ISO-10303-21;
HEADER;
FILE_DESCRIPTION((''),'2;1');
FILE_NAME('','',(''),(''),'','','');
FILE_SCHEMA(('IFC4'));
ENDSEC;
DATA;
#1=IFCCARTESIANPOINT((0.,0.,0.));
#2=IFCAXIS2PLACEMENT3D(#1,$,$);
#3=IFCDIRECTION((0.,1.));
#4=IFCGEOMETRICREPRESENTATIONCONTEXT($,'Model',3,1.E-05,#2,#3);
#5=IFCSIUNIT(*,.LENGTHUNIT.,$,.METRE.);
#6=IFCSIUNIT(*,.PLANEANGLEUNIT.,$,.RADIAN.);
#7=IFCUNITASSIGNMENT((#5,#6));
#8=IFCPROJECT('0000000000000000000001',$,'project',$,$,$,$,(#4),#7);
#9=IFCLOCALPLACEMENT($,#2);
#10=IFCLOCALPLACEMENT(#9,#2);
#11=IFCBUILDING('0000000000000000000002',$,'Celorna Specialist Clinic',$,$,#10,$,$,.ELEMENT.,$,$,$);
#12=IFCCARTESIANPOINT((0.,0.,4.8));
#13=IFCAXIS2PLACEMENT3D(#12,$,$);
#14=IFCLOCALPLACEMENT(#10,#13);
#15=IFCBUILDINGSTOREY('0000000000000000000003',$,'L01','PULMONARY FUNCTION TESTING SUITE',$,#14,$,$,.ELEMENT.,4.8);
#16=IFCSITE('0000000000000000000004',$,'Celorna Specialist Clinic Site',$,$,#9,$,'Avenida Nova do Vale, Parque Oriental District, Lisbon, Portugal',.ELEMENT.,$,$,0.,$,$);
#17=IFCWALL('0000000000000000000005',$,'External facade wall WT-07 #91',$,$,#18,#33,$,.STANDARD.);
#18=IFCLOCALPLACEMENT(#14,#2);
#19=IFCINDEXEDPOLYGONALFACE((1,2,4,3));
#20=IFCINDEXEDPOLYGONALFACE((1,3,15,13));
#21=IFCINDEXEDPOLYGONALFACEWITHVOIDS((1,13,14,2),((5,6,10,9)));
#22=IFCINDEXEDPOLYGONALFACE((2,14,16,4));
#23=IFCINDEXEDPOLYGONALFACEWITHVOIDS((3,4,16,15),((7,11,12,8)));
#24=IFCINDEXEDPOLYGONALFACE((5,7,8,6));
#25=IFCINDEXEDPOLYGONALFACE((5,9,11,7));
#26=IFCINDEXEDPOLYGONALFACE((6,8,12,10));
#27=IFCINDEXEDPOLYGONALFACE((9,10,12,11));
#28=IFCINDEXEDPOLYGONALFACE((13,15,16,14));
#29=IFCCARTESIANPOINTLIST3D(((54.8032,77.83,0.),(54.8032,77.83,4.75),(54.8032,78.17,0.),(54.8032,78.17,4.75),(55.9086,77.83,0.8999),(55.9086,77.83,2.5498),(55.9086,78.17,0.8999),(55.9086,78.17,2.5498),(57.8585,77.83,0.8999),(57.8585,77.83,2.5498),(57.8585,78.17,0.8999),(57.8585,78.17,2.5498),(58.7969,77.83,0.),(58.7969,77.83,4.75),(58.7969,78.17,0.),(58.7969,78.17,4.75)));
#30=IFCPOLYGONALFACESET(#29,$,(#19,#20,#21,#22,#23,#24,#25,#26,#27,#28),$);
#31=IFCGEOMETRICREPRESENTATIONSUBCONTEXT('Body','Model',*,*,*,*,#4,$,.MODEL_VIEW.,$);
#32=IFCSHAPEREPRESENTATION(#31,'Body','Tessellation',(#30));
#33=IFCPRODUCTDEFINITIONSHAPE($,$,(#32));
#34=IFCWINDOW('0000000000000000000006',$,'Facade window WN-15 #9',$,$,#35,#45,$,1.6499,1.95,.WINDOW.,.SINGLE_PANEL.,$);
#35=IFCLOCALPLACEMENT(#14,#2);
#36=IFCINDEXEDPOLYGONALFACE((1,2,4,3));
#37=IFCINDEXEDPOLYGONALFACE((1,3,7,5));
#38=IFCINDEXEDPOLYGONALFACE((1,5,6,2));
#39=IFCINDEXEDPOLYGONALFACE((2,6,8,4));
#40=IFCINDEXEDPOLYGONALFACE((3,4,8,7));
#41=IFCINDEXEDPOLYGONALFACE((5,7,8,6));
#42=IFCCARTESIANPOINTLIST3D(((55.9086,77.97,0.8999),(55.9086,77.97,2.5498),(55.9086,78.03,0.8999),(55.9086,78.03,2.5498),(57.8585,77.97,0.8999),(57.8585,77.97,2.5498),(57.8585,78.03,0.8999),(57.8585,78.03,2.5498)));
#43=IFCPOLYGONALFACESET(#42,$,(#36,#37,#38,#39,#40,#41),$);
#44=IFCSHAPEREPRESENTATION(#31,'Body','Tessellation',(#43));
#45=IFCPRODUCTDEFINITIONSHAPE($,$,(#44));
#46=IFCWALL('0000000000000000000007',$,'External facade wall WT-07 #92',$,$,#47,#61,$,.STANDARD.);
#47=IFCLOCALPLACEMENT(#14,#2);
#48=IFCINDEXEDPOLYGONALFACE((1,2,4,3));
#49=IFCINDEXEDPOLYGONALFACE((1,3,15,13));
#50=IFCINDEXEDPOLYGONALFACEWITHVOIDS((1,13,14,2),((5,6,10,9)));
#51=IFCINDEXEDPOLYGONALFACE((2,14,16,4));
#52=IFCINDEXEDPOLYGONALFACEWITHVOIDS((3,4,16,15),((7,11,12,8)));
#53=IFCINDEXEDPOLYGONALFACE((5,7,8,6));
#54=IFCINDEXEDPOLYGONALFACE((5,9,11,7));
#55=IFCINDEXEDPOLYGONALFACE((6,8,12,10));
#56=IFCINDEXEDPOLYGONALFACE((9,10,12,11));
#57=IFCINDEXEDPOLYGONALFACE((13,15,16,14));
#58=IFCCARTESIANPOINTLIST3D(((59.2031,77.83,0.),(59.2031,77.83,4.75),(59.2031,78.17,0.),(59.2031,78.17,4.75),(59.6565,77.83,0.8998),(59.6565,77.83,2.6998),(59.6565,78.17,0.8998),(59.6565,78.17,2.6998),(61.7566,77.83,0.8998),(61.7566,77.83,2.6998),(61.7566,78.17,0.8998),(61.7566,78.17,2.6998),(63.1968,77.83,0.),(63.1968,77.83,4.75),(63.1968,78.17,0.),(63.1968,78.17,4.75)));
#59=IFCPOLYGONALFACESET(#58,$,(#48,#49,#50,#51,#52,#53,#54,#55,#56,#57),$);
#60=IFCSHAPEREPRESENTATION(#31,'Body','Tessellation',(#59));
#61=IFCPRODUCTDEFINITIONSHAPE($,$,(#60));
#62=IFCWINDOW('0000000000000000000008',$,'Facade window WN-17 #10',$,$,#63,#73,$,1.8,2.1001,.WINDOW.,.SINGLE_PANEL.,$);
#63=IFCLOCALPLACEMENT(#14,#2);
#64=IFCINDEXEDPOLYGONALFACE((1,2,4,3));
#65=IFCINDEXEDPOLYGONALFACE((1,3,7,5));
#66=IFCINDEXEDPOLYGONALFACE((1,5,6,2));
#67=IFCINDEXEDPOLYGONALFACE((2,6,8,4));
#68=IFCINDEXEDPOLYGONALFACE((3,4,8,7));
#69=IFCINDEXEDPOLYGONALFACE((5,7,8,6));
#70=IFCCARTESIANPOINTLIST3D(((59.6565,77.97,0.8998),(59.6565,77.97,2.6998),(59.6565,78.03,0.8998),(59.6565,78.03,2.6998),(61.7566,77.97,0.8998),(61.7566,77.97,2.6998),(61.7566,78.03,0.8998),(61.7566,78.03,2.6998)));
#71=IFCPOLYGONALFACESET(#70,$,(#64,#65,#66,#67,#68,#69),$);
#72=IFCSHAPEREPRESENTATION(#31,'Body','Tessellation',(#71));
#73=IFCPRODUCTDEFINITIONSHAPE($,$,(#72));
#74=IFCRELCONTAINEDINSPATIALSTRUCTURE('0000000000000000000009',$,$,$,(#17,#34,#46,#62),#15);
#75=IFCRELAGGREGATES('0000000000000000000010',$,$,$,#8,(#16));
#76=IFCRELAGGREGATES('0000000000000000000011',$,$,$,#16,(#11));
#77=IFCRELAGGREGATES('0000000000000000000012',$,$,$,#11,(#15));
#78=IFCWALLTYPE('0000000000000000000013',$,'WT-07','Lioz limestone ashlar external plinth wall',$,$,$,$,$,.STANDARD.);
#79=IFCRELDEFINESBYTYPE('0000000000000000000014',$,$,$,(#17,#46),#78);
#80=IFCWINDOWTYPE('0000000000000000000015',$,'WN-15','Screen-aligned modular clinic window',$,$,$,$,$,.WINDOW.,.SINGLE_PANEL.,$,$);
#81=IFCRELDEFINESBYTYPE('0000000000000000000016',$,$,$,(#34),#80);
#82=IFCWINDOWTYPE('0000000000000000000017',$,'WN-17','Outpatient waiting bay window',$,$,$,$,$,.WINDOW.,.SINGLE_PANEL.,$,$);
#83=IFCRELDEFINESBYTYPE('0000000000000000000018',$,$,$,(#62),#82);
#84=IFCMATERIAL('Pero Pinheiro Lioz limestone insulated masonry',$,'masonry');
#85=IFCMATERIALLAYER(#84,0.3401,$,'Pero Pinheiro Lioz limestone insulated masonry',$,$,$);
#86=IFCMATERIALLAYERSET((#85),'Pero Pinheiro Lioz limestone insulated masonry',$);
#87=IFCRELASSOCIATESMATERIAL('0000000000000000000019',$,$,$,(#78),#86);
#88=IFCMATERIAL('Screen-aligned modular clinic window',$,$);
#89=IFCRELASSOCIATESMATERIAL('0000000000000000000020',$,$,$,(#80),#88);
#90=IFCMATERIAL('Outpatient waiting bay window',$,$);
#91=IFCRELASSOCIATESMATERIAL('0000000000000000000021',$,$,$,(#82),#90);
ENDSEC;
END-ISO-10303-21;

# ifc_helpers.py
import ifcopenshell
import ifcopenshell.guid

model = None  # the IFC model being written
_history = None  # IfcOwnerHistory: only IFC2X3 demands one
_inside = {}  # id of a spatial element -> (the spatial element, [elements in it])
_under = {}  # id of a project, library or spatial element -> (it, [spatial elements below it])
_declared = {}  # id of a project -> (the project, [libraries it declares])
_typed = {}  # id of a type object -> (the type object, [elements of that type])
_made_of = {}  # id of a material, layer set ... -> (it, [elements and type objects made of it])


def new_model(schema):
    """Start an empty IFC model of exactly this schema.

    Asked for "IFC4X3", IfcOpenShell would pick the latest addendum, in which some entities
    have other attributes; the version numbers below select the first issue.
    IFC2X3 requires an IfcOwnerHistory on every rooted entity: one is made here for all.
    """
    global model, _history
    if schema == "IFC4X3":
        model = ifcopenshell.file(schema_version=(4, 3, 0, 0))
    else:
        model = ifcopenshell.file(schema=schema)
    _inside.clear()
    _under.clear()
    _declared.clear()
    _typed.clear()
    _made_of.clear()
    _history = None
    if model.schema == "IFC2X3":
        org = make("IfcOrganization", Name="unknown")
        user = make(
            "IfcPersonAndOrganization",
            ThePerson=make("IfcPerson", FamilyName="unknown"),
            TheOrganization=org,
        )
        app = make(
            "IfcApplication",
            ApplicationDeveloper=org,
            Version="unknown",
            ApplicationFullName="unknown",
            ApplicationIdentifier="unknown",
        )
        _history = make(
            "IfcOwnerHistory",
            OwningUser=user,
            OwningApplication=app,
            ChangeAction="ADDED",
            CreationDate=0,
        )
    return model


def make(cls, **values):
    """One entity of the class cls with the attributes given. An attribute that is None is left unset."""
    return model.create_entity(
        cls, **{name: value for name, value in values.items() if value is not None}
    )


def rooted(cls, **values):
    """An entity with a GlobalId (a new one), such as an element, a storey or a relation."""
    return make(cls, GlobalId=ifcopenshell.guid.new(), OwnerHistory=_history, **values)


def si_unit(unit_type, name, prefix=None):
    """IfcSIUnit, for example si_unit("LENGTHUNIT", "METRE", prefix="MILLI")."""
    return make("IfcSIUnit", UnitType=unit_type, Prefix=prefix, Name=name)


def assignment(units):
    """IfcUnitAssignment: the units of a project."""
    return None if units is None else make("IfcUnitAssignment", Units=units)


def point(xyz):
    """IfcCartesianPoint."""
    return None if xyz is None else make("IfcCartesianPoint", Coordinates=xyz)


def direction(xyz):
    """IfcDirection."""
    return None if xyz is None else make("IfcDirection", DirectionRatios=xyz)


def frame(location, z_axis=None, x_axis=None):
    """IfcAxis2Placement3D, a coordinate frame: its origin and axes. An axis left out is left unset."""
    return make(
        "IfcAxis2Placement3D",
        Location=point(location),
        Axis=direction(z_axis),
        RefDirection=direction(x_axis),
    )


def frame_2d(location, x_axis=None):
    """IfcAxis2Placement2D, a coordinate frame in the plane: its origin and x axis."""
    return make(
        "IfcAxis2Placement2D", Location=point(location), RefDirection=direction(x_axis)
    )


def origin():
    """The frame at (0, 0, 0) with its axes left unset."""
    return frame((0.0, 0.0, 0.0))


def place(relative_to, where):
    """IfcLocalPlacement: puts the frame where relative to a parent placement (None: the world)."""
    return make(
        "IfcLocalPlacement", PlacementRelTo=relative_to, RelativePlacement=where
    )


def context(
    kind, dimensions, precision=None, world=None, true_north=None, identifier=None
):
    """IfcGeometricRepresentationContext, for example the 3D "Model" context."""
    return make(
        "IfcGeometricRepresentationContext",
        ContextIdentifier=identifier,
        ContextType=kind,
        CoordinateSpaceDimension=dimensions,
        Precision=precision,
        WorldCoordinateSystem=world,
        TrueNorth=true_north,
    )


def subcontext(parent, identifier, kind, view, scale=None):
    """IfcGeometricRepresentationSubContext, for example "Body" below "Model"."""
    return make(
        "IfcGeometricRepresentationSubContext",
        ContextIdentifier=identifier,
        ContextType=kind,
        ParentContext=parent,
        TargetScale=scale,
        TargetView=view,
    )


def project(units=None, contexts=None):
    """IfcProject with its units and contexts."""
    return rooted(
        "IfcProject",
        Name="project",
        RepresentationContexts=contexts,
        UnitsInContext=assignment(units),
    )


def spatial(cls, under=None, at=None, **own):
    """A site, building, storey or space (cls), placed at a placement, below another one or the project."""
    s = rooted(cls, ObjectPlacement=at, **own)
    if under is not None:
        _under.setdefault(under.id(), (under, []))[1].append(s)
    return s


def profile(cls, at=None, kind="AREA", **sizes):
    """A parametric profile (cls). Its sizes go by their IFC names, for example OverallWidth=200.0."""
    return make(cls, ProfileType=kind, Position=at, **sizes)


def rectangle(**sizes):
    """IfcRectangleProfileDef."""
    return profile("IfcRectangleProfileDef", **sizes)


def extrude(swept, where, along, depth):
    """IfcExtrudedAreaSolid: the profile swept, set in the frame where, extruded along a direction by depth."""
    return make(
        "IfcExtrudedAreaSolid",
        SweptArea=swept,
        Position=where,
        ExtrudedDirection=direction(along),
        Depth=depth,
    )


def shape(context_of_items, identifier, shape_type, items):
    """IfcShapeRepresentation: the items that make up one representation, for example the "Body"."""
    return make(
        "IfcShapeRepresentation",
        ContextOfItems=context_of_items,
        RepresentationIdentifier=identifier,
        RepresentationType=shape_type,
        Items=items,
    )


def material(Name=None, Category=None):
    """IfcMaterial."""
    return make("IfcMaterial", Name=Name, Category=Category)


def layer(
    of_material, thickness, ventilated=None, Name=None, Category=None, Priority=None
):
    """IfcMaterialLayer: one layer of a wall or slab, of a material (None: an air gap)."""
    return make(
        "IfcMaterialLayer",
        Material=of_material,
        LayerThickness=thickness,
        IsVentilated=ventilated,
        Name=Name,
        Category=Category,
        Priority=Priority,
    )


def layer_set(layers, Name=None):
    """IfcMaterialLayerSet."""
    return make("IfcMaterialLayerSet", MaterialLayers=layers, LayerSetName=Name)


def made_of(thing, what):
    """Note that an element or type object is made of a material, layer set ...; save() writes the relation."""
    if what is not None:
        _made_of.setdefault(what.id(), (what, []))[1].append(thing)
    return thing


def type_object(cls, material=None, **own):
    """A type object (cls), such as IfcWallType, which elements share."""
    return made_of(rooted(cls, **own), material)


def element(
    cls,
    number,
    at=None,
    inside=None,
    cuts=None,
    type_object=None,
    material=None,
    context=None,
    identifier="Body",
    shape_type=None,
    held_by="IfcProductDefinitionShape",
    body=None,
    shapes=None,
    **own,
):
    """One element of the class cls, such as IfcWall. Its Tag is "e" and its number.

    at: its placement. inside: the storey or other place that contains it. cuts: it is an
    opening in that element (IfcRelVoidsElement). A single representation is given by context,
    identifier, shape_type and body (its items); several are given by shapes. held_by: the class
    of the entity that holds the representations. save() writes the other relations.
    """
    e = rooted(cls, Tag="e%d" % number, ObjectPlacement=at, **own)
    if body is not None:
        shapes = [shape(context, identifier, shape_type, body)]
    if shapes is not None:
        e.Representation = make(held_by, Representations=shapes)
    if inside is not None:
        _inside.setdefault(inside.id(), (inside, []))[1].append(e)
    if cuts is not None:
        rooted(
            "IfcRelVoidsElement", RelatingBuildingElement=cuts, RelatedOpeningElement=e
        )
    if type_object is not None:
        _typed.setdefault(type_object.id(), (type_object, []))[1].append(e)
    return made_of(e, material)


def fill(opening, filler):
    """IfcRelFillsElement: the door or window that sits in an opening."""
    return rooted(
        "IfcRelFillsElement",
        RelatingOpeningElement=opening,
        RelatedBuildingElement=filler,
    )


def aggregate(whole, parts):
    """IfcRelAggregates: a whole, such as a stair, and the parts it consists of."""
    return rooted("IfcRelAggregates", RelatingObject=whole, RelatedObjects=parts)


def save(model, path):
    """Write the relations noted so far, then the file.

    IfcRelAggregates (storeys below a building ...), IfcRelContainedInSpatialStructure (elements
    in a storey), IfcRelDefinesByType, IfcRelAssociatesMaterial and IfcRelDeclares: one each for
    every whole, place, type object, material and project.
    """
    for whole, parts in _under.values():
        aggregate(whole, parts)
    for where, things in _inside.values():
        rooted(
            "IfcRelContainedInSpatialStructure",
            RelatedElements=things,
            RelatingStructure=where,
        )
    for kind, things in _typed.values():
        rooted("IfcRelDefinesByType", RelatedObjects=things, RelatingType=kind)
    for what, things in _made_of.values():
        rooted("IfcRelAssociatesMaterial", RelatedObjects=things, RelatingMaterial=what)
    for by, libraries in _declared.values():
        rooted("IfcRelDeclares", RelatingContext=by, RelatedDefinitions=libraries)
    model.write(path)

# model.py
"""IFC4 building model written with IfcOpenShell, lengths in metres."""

from ifc_helpers import new_model, si_unit, direction, frame, frame_2d, origin, place, context, subcontext, project, spatial, rectangle, extrude, material, layer, layer_set, type_object, element, fill, save


model = new_model("IFC4")

# Units and contexts
model_context = context("Model", 3, precision=1e-05, world=origin(), true_north=direction((0.0, 1.0)))
body_context = subcontext(model_context, "Body", "Model", "MODEL_VIEW")
ifc_project = project(units=[si_unit("LENGTHUNIT", "METRE"), si_unit("PLANEANGLEUNIT", "RADIAN")], contexts=[model_context])

# Site, building, storey
site_placement = place(None, origin())
site = spatial("IfcSite", under=ifc_project, at=site_placement, Name="Celorna Specialist Clinic Site", LongName="Avenida Nova do Vale, Parque Oriental District, Lisbon, Portugal", CompositionType="ELEMENT", RefElevation=0.0)
building_placement = place(site_placement, origin())
building = spatial("IfcBuilding", under=site, at=building_placement, Name="Celorna Specialist Clinic", CompositionType="ELEMENT")
storey_placement = place(building_placement, frame((0.0, 0.0, 4.8)))
storey = spatial("IfcBuildingStorey", under=building, at=storey_placement, Name="L01", Description="PULMONARY FUNCTION TESTING SUITE", CompositionType="ELEMENT", Elevation=4.8)

# Walls, openings, windows
ifc_material_1 = material(Name="Pero Pinheiro Lioz limestone insulated masonry", Category="masonry")
ifc_layer_1 = layer(ifc_material_1, 0.3401, Name="Pero Pinheiro Lioz limestone insulated masonry")
ifc_layer_set_1 = layer_set([ifc_layer_1], Name="Pero Pinheiro Lioz limestone insulated masonry")
wall_type = type_object("IfcWallType", Name="WT-07", Description="Lioz limestone ashlar external plinth wall", PredefinedType="STANDARD", material=ifc_layer_set_1)
wall_1_placement = place(storey_placement, frame((54.8032, 78.0, 0.0), z_axis=(0.0, 0.0, 1.0), x_axis=(1.0, 0.0, 0.0)))
wall_1 = element("IfcWall", 1, at=wall_1_placement, inside=storey, type_object=wall_type, Name="External facade wall WT-07 #91", PredefinedType="STANDARD", context=body_context, shape_type="SweptSolid", body=[
    extrude(rectangle(XDim=3.9937, YDim=0.3401, at=frame_2d((1.9968, 0.0))), origin(), (0.0, 0.0, 1.0), 4.75),
])
opening_1_placement = place(wall_1_placement, frame((1.1052, 0.0, 0.8999)))
opening_1 = element("IfcOpeningElement", 2, at=opening_1_placement, cuts=wall_1, PredefinedType="OPENING", context=body_context, shape_type="SweptSolid", body=[
    extrude(rectangle(XDim=1.95, YDim=1.6499, at=frame_2d((0.9751, 0.825))), frame((0.0, 0.1799, 0.0), z_axis=(0.0, -1.0, 0.0), x_axis=(1.0, 0.0, 0.0)), (0.0, 0.0, 1.0), 0.3601),
])
ifc_material_2 = material(Name="Screen-aligned modular clinic window")
window_type_1 = type_object("IfcWindowType", Name="WN-15", Description="Screen-aligned modular clinic window", PartitioningType="SINGLE_PANEL", PredefinedType="WINDOW", material=ifc_material_2)
window_1_placement = place(opening_1_placement, origin())
window_1 = element("IfcWindow", 3, at=window_1_placement, inside=storey, type_object=window_type_1, Name="Facade window WN-15 #9", OverallHeight=1.6499, OverallWidth=1.95, PartitioningType="SINGLE_PANEL", PredefinedType="WINDOW", context=body_context, shape_type="SweptSolid", body=[
    extrude(rectangle(XDim=1.95, YDim=1.6499, at=frame_2d((0.9751, 0.825))), frame((0.0, 0.03, 0.0), z_axis=(0.0, -1.0, 0.0), x_axis=(1.0, 0.0, 0.0)), (0.0, 0.0, 1.0), 0.0601),
])
fill(opening_1, window_1)
wall_2_placement = place(storey_placement, frame((59.2031, 78.0, 0.0), z_axis=(0.0, 0.0, 1.0), x_axis=(1.0, 0.0, 0.0)))
wall_2 = element("IfcWall", 4, at=wall_2_placement, inside=storey, type_object=wall_type, Name="External facade wall WT-07 #92", PredefinedType="STANDARD", context=body_context, shape_type="SweptSolid", body=[
    extrude(rectangle(XDim=3.9937, YDim=0.3401, at=frame_2d((1.9968, 0.0))), origin(), (0.0, 0.0, 1.0), 4.75),
])
opening_2_placement = place(wall_2_placement, frame((0.4534, 0.0, 0.8999)))
opening_2 = element("IfcOpeningElement", 5, at=opening_2_placement, cuts=wall_2, PredefinedType="OPENING", context=body_context, shape_type="SweptSolid", body=[
    extrude(rectangle(XDim=2.1001, YDim=1.8, at=frame_2d((1.05, 0.8999))), frame((0.0, 0.1799, 0.0), z_axis=(0.0, -1.0, 0.0), x_axis=(1.0, 0.0, 0.0)), (0.0, 0.0, 1.0), 0.3601),
])
ifc_material_3 = material(Name="Outpatient waiting bay window")
window_type_2 = type_object("IfcWindowType", Name="WN-17", Description="Outpatient waiting bay window", PartitioningType="SINGLE_PANEL", PredefinedType="WINDOW", material=ifc_material_3)
window_2_placement = place(opening_2_placement, origin())
window_2 = element("IfcWindow", 6, at=window_2_placement, inside=storey, type_object=window_type_2, Name="Facade window WN-17 #10", OverallHeight=1.8, OverallWidth=2.1001, PartitioningType="SINGLE_PANEL", PredefinedType="WINDOW", context=body_context, shape_type="SweptSolid", body=[
    extrude(rectangle(XDim=2.1001, YDim=1.8, at=frame_2d((1.05, 0.8999))), frame((0.0, 0.03, 0.0), z_axis=(0.0, -1.0, 0.0), x_axis=(1.0, 0.0, 0.0)), (0.0, 0.0, 1.0), 0.0601),
])
fill(opening_2, window_2)

save(model, "model.ifc")
